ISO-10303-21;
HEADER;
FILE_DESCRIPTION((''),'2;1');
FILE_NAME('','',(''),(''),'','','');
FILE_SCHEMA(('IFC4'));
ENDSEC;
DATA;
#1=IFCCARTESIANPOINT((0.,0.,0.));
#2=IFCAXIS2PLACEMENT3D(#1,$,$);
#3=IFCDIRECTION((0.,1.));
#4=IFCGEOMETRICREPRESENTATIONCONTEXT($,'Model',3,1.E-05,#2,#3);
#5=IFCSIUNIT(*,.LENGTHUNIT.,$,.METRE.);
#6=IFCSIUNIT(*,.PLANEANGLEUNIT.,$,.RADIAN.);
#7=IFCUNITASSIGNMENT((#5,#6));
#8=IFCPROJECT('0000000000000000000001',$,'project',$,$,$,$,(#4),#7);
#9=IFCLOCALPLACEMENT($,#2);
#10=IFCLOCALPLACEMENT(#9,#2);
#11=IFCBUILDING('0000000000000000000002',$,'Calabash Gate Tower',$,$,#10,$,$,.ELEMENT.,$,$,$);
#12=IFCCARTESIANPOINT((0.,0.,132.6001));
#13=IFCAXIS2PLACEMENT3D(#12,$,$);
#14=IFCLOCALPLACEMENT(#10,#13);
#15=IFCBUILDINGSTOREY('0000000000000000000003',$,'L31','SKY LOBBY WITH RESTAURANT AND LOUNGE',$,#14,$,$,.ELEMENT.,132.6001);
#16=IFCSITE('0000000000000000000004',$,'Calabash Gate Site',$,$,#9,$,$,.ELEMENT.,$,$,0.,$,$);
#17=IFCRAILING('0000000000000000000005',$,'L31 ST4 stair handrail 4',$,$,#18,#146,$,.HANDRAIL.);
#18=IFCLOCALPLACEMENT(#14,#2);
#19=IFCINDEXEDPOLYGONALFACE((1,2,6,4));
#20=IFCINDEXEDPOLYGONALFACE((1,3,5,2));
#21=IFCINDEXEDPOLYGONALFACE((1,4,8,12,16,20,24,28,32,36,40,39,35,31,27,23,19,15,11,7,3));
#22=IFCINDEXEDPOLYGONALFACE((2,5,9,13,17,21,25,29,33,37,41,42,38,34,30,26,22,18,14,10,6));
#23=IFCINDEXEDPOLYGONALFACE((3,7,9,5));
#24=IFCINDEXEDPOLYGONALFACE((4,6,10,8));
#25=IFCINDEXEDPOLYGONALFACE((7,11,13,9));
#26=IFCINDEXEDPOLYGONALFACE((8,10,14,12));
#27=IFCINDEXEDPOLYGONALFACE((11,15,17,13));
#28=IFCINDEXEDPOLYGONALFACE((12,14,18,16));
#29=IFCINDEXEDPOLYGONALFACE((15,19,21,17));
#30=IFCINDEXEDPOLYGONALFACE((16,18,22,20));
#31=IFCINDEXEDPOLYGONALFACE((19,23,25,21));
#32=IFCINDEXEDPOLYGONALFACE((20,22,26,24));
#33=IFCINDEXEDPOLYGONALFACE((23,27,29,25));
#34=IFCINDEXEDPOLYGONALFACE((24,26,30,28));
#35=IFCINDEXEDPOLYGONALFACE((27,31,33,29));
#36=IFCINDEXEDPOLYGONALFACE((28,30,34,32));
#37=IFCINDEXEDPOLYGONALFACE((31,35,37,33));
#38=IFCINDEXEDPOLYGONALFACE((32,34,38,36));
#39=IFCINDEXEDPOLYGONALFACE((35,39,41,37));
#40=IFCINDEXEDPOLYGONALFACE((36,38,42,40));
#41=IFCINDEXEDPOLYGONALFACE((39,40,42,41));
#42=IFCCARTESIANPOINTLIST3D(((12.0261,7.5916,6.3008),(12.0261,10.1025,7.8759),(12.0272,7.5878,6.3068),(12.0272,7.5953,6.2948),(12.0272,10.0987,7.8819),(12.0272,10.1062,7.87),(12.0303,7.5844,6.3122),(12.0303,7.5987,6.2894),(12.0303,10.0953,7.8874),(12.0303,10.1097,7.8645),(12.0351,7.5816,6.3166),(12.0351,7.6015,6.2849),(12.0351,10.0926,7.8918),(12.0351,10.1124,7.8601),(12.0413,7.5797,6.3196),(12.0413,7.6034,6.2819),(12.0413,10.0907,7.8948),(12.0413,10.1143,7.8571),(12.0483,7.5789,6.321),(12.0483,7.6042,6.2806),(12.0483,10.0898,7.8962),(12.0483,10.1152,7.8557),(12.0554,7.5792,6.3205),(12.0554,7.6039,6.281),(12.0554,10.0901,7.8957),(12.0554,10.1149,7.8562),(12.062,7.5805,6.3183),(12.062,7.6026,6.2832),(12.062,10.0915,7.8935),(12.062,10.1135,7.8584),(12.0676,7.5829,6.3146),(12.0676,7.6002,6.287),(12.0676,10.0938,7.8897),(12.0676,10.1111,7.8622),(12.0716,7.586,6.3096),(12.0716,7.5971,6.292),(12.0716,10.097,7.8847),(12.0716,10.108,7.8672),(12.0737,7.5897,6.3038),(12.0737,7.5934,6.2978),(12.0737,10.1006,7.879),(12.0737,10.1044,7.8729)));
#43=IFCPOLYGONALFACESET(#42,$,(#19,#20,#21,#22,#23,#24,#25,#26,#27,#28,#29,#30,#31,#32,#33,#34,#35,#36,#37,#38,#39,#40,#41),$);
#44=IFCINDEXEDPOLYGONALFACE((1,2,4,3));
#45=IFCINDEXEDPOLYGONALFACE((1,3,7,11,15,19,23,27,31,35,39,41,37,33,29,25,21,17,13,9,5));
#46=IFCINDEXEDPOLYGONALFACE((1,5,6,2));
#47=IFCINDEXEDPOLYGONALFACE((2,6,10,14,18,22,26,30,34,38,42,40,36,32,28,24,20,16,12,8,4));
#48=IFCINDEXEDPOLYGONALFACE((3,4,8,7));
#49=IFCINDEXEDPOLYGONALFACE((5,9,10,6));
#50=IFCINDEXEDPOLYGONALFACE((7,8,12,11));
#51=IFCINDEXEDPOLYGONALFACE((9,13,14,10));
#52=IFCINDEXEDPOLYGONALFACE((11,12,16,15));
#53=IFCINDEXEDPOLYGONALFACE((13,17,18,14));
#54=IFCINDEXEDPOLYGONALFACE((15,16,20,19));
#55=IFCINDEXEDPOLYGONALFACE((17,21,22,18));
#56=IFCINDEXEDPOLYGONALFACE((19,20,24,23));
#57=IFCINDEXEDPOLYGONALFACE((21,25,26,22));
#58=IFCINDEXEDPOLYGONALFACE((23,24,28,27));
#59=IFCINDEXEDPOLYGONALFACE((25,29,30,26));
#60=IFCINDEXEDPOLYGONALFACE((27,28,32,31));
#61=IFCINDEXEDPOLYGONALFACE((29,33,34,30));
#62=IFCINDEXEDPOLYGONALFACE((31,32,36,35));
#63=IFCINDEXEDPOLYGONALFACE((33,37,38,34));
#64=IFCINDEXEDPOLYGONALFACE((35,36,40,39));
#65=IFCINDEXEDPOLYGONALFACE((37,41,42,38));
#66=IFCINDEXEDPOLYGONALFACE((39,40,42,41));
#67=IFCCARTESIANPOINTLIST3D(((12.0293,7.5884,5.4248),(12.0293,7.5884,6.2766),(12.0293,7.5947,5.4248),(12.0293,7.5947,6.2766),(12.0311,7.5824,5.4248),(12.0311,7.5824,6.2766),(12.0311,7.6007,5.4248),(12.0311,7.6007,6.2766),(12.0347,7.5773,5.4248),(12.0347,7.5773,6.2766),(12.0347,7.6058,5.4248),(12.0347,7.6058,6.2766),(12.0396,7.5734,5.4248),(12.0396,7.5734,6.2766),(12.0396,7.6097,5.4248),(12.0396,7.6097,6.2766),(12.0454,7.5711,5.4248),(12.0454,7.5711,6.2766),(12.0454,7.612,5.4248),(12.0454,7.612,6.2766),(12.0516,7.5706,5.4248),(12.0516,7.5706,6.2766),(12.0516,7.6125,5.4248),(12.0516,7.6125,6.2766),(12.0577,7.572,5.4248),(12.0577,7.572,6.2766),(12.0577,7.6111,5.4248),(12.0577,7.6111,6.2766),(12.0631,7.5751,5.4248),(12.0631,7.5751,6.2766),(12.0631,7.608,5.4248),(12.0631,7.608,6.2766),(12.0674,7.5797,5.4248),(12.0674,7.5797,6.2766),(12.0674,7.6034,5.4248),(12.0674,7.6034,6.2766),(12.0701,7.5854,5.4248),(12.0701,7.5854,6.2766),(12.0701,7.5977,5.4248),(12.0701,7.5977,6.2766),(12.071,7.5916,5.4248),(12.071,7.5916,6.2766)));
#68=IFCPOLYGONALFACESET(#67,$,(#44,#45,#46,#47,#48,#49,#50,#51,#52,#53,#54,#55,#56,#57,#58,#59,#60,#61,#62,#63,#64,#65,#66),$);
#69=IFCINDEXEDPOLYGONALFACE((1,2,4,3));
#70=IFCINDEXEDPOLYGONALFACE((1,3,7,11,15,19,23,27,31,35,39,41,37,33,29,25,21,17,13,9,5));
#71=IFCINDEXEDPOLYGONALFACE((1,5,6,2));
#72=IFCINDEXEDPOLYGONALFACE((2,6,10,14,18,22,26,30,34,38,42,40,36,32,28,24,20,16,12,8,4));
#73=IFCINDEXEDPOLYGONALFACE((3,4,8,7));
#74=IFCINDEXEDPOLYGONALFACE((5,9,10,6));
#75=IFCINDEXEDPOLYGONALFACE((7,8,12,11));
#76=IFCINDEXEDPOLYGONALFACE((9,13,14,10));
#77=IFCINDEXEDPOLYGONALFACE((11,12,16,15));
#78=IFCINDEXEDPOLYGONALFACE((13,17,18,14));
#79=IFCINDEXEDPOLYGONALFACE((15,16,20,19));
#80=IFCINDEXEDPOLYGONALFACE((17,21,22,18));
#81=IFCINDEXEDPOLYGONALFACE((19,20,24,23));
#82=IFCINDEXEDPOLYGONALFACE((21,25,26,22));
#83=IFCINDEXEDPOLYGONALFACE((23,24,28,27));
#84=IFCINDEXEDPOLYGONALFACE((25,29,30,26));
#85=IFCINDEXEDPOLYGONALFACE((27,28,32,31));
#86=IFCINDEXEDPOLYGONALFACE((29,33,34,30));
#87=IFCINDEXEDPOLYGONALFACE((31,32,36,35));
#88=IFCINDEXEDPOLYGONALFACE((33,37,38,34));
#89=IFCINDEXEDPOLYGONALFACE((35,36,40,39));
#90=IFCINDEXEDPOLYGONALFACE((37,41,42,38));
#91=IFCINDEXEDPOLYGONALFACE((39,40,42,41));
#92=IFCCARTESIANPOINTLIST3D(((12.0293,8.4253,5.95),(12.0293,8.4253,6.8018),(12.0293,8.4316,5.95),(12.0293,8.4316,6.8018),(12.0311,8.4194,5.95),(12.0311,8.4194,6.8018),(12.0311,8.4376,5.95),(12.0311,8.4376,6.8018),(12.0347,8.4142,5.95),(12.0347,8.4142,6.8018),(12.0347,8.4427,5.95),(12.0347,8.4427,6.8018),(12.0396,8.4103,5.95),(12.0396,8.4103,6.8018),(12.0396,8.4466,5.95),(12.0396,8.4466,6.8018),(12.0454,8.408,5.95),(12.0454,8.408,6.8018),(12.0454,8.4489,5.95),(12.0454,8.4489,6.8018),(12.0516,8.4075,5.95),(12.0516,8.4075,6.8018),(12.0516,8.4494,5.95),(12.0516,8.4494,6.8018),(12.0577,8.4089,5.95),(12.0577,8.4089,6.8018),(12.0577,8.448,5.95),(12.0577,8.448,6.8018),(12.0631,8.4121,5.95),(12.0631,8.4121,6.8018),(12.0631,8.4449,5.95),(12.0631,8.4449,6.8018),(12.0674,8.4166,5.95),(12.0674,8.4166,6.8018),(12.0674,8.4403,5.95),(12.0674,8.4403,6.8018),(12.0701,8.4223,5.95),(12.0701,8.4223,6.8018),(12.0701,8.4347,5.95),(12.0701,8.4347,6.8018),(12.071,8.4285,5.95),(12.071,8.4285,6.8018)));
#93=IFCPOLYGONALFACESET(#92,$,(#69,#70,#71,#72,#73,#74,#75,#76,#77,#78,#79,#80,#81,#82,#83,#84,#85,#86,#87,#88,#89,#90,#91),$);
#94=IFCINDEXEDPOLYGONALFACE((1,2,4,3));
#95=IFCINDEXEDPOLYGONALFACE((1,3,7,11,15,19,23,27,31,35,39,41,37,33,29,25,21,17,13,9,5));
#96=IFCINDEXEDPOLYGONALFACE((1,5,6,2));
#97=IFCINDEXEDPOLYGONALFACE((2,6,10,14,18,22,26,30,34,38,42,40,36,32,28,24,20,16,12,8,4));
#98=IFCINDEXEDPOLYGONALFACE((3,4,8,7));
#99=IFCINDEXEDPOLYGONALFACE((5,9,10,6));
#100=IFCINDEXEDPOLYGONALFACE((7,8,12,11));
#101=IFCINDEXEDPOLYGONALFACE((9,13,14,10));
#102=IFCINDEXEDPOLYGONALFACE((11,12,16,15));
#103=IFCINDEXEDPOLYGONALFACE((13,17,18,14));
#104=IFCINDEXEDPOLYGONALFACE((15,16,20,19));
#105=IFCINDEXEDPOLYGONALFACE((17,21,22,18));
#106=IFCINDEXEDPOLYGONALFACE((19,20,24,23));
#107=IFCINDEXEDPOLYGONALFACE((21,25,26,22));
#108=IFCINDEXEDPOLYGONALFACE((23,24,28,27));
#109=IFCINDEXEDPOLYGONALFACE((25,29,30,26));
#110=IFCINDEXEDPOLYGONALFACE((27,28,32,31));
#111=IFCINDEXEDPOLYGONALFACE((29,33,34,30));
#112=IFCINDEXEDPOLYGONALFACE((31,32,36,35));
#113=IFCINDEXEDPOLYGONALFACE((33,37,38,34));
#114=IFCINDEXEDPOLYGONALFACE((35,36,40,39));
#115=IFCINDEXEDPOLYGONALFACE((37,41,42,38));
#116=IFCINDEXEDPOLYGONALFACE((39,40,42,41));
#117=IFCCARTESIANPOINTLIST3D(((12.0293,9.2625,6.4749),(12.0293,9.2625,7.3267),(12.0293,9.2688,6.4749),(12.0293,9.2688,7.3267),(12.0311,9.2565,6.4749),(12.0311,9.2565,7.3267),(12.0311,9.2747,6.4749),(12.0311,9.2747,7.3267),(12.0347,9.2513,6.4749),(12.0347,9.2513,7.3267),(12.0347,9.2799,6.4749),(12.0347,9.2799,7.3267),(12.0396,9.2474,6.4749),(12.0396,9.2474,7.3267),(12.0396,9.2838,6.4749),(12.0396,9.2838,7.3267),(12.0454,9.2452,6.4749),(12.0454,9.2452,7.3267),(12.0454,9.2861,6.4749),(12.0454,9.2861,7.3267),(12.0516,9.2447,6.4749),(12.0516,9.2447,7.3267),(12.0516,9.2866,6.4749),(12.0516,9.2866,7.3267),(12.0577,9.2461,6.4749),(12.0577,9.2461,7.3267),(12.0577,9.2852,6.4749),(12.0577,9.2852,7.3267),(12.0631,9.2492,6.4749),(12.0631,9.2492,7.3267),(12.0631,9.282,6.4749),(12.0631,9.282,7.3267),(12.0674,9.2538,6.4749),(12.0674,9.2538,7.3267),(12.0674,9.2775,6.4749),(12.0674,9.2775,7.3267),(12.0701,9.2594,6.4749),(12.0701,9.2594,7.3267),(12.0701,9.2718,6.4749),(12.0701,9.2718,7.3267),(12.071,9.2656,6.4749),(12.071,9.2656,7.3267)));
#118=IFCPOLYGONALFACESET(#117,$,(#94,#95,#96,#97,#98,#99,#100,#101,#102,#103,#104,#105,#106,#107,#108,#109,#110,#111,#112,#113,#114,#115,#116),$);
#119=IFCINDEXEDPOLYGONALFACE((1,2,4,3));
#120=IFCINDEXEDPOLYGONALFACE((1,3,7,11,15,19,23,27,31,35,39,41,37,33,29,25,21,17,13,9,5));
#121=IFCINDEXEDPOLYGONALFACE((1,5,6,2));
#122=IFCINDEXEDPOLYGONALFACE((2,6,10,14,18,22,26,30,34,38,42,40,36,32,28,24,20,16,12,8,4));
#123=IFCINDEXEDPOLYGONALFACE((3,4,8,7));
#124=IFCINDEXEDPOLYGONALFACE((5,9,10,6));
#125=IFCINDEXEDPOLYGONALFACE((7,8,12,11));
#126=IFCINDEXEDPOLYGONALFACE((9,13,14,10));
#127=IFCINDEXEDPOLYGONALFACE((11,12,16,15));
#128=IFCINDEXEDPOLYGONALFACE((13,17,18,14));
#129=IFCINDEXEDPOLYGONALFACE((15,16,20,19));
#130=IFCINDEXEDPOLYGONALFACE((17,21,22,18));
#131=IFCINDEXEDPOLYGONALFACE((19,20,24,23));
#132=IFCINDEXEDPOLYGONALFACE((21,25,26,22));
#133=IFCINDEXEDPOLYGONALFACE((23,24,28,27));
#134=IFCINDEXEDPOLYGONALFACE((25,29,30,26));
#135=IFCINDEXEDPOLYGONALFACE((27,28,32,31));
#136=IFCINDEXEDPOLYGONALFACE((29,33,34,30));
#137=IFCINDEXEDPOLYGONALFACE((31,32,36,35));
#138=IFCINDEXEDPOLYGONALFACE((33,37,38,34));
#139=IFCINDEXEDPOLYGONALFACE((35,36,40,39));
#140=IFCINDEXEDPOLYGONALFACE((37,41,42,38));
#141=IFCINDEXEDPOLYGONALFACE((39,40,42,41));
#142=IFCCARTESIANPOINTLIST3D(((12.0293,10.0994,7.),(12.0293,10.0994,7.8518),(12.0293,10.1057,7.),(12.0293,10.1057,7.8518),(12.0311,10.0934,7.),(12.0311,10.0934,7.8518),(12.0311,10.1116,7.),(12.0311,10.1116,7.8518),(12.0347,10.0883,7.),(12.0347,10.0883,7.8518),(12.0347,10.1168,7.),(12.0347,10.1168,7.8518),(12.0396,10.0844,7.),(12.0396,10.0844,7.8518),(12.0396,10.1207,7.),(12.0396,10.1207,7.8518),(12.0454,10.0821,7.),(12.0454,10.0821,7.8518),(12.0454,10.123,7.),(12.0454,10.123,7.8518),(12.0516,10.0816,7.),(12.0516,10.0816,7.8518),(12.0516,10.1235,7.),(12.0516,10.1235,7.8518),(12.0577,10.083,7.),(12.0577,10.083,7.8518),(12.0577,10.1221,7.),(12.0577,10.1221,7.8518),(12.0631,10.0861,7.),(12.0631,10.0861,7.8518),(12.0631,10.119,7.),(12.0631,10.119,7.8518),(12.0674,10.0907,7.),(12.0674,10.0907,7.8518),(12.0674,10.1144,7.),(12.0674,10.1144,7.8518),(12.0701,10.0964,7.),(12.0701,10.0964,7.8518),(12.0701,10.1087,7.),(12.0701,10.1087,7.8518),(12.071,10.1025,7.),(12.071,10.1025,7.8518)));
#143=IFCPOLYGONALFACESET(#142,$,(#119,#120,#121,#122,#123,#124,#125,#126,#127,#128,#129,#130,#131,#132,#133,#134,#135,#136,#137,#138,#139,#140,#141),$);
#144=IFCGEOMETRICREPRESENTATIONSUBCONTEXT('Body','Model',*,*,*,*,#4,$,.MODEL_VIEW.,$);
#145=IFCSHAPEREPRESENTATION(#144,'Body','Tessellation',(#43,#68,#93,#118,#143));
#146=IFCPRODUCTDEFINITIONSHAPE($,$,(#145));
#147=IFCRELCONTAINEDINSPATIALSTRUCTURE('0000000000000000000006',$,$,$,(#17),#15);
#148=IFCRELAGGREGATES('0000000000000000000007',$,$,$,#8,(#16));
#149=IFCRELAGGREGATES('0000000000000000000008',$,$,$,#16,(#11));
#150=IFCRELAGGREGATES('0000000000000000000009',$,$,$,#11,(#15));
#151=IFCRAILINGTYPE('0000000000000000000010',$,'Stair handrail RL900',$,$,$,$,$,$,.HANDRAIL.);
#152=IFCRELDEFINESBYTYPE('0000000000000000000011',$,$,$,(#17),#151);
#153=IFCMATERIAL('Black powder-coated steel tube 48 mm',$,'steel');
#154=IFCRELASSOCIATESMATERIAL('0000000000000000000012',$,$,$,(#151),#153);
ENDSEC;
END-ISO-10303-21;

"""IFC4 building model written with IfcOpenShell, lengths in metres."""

from ifc_helpers import new_model, si_unit, direction, frame, origin, origin_2d, place, context, subcontext, project, spatial, circle, extrude, material, type_object, element, save


model = new_model("IFC4")

# Units and contexts
model_context = context("Model", 3, precision=1e-05, world=origin(), true_north=direction((0.0, 1.0)))
body_context = subcontext(model_context, "Body", "Model", "MODEL_VIEW")
ifc_project = project(units=[si_unit("LENGTHUNIT", "METRE"), si_unit("PLANEANGLEUNIT", "RADIAN")], contexts=[model_context])

# Site, building, storey
site_placement = place(None, origin())
site = spatial("IfcSite", under=ifc_project, at=site_placement, Name="Calabash Gate Site", CompositionType="ELEMENT", RefElevation=0.0)
building_placement = place(site_placement, origin())
building = spatial("IfcBuilding", under=site, at=building_placement, Name="Calabash Gate Tower", CompositionType="ELEMENT")
storey_placement = place(building_placement, frame((0.0, 0.0, 132.6001)))
storey = spatial("IfcBuildingStorey", under=building, at=storey_placement, Name="L31", Description="SKY LOBBY WITH RESTAURANT AND LOUNGE", CompositionType="ELEMENT", Elevation=132.6001)

# Railing
ifc_material_1 = material(Name="Black powder-coated steel tube 48 mm", Category="steel")
railing_type_1 = type_object("IfcRailingType", Name="Stair handrail RL900", PredefinedType="HANDRAIL", material=ifc_material_1)
railing_1_placement = place(storey_placement, frame((12.05, 7.5916, 5.4248)))
element("IfcRailing", 1, at=railing_1_placement, inside=storey, type_object=railing_type_1, Name="L31 ST4 stair handrail 4", PredefinedType="HANDRAIL", context=body_context, shape_type="SweptSolid", body=[
    extrude(circle(Radius=0.0239, at=origin_2d()), frame((0.0, 0.0, 0.876), z_axis=(0.0, 0.847113, 0.531412), x_axis=(-1.0, 0.0, 0.0)), (0.0, 0.0, 1.0), 2.9641),
    extrude(circle(Radius=0.021, at=origin_2d()), origin(), (0.0, 0.0, 1.0), 0.8518),
    extrude(circle(Radius=0.021, at=origin_2d()), frame((0.0, 0.8369, 0.5251)), (0.0, 0.0, 1.0), 0.8518),
    extrude(circle(Radius=0.021, at=origin_2d()), frame((0.0, 1.6741, 1.05)), (0.0, 0.0, 1.0), 0.8518),
    extrude(circle(Radius=0.021, at=origin_2d()), frame((0.0, 2.511, 1.5752)), (0.0, 0.0, 1.0), 0.8518),
])

save(model, "model.ifc")
